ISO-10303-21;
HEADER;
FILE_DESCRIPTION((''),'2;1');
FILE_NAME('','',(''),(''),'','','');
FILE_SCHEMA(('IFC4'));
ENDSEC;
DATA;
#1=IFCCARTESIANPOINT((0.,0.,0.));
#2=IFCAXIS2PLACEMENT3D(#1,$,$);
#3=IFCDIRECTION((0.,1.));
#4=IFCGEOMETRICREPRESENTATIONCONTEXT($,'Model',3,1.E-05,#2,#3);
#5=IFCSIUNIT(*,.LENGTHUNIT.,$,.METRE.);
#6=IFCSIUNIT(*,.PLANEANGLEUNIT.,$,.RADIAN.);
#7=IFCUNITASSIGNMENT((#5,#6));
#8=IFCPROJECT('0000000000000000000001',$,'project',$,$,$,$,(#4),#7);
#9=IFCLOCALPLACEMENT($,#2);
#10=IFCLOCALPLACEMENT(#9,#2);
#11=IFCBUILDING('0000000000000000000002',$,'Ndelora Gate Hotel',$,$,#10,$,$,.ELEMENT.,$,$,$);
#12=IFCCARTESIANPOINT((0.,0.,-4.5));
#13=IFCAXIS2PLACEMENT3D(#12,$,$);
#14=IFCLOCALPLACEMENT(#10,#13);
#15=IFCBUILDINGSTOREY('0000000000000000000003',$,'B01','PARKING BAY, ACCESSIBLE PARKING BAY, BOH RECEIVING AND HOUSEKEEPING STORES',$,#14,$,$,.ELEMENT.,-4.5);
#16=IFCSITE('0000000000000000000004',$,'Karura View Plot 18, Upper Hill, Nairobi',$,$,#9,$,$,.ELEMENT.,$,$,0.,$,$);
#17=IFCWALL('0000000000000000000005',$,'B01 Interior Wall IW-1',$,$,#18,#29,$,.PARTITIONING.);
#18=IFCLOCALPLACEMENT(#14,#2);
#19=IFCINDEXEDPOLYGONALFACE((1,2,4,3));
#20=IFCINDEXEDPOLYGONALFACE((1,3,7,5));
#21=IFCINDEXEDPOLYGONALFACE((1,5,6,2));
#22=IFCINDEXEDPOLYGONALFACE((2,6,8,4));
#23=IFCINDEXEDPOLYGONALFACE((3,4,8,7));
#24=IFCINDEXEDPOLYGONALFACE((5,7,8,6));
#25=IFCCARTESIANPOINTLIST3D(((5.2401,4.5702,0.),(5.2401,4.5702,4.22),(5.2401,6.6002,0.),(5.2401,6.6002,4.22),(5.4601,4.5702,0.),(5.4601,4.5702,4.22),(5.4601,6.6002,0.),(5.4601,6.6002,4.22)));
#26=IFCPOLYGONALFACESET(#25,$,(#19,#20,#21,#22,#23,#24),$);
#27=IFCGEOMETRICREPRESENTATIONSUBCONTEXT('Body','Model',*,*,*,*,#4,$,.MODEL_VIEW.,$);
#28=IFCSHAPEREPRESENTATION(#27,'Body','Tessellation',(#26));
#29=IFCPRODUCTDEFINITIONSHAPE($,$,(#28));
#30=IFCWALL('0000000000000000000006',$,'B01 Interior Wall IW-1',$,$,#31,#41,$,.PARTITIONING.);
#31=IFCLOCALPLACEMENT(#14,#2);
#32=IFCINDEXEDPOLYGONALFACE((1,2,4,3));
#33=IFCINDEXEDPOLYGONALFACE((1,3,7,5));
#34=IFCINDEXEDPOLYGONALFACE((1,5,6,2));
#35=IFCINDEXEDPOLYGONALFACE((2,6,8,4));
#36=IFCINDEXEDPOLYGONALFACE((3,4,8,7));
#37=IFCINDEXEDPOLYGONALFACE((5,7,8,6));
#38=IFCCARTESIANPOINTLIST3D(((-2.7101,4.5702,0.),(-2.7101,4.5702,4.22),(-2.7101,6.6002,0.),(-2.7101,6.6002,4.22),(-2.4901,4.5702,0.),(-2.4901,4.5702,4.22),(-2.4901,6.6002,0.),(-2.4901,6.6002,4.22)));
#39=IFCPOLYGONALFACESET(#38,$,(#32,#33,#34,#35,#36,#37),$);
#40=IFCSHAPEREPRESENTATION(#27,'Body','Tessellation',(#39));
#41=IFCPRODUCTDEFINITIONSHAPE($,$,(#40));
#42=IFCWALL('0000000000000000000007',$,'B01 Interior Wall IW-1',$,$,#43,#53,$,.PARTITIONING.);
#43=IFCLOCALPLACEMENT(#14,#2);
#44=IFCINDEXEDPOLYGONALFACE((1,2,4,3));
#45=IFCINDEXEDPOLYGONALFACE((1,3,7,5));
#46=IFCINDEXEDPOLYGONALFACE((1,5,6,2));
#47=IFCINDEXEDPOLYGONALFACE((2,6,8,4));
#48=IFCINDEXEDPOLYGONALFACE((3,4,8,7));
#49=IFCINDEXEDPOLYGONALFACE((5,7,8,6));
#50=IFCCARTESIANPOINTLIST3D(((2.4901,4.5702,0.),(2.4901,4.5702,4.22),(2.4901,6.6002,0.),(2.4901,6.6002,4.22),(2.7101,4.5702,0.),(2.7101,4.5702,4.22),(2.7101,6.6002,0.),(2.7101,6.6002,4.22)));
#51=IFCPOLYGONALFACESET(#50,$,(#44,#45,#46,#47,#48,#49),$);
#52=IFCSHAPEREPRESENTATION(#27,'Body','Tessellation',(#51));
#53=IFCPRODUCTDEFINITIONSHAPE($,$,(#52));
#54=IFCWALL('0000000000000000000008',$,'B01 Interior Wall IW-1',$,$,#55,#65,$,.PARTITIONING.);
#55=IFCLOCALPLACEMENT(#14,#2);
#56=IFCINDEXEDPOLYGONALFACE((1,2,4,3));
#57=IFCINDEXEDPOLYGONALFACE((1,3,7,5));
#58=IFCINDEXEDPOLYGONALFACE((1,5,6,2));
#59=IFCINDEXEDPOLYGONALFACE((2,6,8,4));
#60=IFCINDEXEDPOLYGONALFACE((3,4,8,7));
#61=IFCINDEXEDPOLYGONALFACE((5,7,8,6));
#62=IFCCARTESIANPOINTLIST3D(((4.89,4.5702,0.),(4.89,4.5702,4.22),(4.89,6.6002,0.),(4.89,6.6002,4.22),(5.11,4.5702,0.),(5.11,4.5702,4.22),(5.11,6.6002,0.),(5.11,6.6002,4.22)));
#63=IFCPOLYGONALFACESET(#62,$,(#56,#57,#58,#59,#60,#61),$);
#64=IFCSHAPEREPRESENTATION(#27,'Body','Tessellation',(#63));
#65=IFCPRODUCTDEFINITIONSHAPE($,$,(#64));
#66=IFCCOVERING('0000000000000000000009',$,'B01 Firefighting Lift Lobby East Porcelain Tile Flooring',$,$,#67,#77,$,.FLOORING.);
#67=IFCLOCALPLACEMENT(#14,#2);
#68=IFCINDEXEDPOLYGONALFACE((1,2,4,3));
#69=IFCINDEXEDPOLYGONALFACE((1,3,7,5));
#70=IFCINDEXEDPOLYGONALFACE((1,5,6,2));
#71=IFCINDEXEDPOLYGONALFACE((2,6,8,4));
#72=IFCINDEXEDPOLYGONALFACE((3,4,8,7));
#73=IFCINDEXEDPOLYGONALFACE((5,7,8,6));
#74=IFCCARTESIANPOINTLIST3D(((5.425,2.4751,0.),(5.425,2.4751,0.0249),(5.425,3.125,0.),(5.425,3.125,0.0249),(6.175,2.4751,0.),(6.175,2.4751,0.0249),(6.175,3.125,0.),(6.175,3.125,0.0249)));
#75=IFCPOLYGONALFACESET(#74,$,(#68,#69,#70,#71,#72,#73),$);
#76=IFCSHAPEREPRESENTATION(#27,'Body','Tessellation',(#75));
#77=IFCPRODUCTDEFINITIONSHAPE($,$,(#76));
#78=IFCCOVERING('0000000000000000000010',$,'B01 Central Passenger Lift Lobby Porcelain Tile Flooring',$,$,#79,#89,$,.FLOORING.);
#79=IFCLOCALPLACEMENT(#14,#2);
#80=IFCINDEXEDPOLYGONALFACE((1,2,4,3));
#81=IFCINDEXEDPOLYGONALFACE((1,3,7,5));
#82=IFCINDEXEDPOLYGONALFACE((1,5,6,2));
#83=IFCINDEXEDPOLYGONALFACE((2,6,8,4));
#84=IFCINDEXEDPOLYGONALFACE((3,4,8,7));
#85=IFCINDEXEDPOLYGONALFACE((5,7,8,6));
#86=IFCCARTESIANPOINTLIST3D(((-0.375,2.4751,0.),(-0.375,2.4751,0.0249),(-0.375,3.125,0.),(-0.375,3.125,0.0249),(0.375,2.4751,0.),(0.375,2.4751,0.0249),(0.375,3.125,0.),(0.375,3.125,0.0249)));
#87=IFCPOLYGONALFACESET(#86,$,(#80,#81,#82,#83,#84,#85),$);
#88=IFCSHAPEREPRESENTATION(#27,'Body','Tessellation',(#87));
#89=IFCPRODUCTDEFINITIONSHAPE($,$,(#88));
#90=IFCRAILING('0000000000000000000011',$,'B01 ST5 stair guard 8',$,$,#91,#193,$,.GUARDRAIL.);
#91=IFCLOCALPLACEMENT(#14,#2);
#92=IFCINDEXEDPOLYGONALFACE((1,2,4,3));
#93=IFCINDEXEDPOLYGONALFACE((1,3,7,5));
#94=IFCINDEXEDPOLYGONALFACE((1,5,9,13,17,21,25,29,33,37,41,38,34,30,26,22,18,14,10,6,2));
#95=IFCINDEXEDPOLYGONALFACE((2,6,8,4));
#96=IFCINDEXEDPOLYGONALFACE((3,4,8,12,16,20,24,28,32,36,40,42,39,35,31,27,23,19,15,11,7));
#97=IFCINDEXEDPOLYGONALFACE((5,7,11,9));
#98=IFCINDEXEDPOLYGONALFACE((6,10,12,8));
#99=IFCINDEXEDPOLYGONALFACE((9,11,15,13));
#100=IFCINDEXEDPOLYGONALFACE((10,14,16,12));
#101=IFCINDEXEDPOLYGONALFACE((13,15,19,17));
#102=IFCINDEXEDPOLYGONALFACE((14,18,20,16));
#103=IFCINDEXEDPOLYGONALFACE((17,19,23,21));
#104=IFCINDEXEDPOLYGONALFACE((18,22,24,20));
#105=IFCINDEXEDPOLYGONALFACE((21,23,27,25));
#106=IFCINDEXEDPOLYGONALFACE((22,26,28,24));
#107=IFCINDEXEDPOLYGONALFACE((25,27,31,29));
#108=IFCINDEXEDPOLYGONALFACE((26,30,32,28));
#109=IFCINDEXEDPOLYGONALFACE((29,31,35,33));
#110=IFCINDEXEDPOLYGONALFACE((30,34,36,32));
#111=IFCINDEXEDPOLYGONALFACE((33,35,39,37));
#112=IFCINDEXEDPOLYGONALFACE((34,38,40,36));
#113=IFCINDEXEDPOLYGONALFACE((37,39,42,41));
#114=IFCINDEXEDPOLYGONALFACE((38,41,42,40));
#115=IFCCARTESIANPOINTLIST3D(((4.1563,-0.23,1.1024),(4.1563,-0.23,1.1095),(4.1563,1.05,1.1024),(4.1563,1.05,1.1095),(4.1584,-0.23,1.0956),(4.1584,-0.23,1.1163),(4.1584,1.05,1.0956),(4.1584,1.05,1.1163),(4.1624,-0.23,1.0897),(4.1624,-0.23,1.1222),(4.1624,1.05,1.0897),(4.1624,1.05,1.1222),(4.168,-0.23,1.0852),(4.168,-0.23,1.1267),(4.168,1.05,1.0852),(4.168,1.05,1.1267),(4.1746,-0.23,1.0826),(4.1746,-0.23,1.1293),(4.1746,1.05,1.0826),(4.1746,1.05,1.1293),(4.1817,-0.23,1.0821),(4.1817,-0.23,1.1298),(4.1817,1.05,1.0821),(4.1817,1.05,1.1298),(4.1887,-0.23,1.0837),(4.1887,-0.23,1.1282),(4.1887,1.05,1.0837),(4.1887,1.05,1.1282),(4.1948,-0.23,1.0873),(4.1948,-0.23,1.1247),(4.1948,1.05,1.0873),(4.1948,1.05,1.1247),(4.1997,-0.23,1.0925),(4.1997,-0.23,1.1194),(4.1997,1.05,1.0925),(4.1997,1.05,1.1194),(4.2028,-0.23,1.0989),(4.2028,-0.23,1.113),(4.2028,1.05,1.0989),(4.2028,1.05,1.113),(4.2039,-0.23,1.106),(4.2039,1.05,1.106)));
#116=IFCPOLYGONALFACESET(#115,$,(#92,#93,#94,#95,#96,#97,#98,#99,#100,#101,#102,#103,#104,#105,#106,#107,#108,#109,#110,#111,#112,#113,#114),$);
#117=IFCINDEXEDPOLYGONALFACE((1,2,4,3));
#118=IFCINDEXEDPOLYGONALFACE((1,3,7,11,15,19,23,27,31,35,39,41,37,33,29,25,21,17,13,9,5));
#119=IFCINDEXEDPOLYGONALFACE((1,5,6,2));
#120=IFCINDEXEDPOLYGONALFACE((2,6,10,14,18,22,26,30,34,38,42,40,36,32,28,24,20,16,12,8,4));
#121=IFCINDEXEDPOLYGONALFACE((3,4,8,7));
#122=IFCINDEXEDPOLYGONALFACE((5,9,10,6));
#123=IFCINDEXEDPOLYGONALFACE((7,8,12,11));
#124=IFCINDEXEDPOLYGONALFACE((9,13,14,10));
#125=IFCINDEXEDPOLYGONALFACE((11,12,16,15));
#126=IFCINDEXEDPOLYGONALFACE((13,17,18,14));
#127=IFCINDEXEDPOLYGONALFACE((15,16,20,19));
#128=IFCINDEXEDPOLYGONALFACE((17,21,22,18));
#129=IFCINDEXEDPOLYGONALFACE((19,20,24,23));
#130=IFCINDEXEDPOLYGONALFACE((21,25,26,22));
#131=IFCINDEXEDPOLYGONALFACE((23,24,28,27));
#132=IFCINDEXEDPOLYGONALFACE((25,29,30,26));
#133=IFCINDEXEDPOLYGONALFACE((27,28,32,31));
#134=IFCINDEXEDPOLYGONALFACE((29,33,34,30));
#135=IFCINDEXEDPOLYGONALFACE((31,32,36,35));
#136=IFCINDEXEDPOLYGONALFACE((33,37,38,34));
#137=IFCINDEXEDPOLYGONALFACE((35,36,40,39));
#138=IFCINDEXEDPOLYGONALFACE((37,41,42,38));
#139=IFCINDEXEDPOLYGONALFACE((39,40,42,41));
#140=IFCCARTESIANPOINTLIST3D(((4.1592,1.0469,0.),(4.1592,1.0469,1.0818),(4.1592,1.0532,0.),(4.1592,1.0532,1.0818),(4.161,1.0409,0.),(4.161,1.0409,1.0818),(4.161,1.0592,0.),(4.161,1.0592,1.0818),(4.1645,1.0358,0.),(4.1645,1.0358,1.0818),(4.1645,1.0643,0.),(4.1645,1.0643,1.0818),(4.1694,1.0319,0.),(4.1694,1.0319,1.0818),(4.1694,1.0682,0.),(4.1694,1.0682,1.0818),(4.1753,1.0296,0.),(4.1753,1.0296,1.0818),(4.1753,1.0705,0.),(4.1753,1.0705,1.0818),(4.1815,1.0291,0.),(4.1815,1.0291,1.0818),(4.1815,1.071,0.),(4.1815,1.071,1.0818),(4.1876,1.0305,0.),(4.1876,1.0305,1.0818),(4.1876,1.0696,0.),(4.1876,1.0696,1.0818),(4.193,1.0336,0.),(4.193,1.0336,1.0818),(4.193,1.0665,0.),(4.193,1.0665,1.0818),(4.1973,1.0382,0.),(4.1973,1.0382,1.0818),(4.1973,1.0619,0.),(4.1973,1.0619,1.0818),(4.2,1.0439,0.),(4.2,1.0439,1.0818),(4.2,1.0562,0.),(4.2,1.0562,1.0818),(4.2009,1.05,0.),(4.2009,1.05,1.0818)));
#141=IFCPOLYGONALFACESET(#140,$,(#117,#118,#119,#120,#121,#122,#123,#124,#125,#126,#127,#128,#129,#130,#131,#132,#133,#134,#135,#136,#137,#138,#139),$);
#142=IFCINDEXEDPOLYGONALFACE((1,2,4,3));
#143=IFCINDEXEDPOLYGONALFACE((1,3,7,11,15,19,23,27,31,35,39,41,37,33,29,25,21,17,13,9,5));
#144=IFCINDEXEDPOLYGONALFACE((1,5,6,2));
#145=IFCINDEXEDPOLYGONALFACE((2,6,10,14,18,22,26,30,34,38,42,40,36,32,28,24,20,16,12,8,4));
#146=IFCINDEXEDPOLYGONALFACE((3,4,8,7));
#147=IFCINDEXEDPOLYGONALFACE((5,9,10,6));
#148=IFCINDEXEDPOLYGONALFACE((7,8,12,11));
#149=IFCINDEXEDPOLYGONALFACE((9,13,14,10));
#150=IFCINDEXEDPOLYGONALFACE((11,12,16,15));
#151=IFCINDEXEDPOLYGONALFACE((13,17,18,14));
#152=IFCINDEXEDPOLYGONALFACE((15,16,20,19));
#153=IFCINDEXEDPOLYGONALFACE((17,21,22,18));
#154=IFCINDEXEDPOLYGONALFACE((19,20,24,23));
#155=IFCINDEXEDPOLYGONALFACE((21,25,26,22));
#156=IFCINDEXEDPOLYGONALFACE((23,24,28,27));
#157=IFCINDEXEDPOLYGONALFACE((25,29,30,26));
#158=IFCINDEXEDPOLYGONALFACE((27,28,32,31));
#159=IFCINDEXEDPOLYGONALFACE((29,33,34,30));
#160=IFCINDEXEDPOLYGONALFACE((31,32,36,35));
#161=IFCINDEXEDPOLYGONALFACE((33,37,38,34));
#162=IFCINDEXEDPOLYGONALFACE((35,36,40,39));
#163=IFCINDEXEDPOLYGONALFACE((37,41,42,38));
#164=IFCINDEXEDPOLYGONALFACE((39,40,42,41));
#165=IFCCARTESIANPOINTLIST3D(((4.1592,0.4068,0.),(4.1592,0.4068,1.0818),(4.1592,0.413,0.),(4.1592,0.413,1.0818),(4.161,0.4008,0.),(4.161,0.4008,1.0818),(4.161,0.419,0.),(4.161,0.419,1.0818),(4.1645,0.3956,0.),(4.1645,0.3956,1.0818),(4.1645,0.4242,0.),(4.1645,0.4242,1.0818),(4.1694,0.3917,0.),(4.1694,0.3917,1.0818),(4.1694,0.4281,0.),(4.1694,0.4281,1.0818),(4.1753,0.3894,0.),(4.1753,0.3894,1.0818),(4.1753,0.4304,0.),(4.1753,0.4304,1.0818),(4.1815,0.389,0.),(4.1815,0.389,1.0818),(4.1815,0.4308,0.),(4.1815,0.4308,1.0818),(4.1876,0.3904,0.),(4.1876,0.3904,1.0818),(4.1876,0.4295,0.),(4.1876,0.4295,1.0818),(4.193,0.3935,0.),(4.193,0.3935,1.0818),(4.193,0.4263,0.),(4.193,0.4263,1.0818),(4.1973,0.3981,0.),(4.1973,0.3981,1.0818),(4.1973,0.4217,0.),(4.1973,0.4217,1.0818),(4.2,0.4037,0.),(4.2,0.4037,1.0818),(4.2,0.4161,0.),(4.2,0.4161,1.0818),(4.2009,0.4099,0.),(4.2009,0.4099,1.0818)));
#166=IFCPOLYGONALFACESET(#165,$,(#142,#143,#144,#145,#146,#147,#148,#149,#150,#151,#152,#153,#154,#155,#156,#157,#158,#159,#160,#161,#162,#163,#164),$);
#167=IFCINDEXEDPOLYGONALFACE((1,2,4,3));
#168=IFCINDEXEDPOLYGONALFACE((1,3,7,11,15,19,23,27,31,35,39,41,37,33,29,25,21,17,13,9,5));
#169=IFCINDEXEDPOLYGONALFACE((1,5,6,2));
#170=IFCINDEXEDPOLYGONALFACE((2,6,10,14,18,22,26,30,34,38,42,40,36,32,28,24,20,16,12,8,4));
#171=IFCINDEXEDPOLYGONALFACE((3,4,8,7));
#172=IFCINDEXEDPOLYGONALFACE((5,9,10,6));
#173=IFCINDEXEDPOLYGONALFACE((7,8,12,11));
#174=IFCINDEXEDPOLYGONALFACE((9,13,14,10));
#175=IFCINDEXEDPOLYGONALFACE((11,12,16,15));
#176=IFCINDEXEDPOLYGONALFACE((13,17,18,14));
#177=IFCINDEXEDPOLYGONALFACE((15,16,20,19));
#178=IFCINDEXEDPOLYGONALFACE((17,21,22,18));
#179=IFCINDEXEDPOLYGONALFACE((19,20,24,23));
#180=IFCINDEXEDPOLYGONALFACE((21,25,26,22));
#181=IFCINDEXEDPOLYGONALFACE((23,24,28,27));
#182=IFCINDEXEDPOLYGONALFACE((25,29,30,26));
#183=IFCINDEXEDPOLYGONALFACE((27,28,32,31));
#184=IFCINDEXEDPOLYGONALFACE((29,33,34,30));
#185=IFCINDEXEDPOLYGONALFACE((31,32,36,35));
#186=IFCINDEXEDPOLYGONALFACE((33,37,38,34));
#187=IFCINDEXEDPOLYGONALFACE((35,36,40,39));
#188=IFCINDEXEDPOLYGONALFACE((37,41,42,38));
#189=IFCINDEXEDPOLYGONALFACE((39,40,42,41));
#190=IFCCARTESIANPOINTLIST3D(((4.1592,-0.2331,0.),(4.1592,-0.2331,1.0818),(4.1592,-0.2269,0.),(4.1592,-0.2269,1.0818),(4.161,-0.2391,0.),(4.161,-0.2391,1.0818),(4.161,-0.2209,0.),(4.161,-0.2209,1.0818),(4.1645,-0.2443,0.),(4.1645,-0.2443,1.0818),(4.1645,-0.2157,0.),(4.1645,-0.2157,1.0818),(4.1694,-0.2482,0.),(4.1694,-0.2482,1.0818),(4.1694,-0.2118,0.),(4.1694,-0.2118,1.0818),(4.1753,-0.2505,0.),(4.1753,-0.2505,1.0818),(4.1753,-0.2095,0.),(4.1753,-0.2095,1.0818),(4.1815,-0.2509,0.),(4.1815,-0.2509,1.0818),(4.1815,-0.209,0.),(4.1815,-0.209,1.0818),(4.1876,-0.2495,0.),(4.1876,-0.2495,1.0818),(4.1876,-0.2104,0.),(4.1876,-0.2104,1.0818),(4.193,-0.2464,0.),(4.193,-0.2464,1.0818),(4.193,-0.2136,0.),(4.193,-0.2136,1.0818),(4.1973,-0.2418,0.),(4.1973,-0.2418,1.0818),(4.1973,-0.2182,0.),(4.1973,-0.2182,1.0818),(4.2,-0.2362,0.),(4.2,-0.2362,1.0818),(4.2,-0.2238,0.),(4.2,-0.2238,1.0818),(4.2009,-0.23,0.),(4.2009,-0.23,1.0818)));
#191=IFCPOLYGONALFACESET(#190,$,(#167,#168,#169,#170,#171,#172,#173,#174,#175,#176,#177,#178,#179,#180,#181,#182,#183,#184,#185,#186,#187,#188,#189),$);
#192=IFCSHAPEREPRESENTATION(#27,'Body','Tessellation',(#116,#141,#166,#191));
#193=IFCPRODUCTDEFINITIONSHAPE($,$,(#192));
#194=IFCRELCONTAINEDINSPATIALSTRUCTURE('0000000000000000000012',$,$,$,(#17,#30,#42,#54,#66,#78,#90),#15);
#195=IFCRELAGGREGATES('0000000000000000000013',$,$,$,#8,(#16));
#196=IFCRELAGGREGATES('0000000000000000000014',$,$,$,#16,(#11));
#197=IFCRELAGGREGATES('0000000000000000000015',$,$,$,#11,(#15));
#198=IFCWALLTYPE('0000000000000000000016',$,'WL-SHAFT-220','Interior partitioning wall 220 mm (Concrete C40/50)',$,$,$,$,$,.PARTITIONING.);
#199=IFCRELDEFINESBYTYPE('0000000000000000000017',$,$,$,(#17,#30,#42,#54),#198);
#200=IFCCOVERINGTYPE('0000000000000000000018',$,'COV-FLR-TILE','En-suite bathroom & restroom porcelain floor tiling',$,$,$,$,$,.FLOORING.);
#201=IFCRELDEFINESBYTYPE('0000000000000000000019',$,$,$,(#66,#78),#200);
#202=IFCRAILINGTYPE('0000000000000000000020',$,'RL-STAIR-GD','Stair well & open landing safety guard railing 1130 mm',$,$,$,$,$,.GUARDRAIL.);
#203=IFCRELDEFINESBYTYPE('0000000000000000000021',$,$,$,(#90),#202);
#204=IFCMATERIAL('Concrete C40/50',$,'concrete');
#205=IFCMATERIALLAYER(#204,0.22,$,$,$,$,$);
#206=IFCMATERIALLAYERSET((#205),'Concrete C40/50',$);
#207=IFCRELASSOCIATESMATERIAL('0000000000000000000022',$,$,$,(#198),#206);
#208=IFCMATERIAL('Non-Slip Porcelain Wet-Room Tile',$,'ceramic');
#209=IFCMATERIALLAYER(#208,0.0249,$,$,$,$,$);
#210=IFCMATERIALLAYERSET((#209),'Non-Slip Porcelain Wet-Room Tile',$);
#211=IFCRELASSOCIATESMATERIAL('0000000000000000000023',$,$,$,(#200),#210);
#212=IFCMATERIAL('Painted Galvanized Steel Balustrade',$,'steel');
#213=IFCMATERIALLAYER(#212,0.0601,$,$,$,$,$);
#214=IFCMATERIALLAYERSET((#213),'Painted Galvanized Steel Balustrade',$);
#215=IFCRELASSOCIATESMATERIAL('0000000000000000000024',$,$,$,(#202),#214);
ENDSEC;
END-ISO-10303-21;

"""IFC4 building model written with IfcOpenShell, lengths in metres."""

from ifc_helpers import new_model, si_unit, direction, frame, frame_2d, origin, origin_2d, place, context, subcontext, project, spatial, rectangle, circle, extrude, material, layer, layer_set, type_object, element, save


model = new_model("IFC4")

# Units and contexts
model_context = context("Model", 3, precision=1e-05, world=origin(), true_north=direction((0.0, 1.0)))
body_context = subcontext(model_context, "Body", "Model", "MODEL_VIEW")
ifc_project = project(units=[si_unit("LENGTHUNIT", "METRE"), si_unit("PLANEANGLEUNIT", "RADIAN")], contexts=[model_context])

# Site, building, storey
site_placement = place(None, origin())
site = spatial("IfcSite", under=ifc_project, at=site_placement, Name="Karura View Plot 18, Upper Hill, Nairobi", CompositionType="ELEMENT", RefElevation=0.0)
building_placement = place(site_placement, origin())
building = spatial("IfcBuilding", under=site, at=building_placement, Name="Ndelora Gate Hotel", CompositionType="ELEMENT")
storey_placement = place(building_placement, frame((0.0, 0.0, -4.5)))
storey = spatial("IfcBuildingStorey", under=building, at=storey_placement, Name="B01", Description="PARKING BAY, ACCESSIBLE PARKING BAY, BOH RECEIVING AND HOUSEKEEPING STORES", CompositionType="ELEMENT", Elevation=-4.5)

# Shared definitions
ifc_material_1 = material(Name="Concrete C40/50", Category="concrete")

# Shared definitions
ifc_layer_1 = layer(ifc_material_1, 0.22)
ifc_layer_set_1 = layer_set([ifc_layer_1], Name="Concrete C40/50")
wall_type_1 = type_object("IfcWallType", Name="WL-SHAFT-220", Description="Interior partitioning wall 220 mm (Concrete C40/50)", PredefinedType="PARTITIONING", material=ifc_layer_set_1)

# Walls
for number, where, z_axis, x_axis, name in (
    (1, (5.3501, 4.5701, 0.0), (0.0, 0.0, 1.0), (0.0, 1.0, 0.0), "B01 Interior Wall IW-1"),
    (2, (-2.6001, 4.5701, 0.0), (0.0, 0.0, 1.0), (0.0, 1.0, 0.0), "B01 Interior Wall IW-1"),
):
    element("IfcWall", number, at=place(storey_placement, frame(where, z_axis=z_axis, x_axis=x_axis)), inside=storey, type_object=wall_type_1, Name=name, PredefinedType="PARTITIONING", context=body_context, shape_type="SweptSolid", body=[
        extrude(rectangle(XDim=2.03, YDim=0.22, at=frame_2d((1.0151, 0.0))), origin(), (0.0, 0.0, 1.0), 4.22),
    ])

# Walls
for number, where, z_axis, x_axis, name in (
    (3, (2.6001, 4.5701, 0.0), (0.0, 0.0, 1.0), (0.0, 1.0, 0.0), "B01 Interior Wall IW-1"),
    (4, (5.0, 4.5701, 0.0), (0.0, 0.0, 1.0), (0.0, 1.0, 0.0), "B01 Interior Wall IW-1"),
):
    element("IfcWall", number, at=place(storey_placement, frame(where, z_axis=z_axis, x_axis=x_axis)), inside=storey, type_object=wall_type_1, Name=name, PredefinedType="PARTITIONING", context=body_context, shape_type="SweptSolid", body=[
        extrude(rectangle(XDim=2.03, YDim=0.22, at=frame_2d((1.0151, 0.0))), origin(), (0.0, 0.0, 1.0), 4.22),
    ])

# Coverings
ifc_material_2 = material(Name="Non-Slip Porcelain Wet-Room Tile", Category="ceramic")
ifc_layer_2 = layer(ifc_material_2, 0.0249)
ifc_layer_set_2 = layer_set([ifc_layer_2], Name="Non-Slip Porcelain Wet-Room Tile")
covering_type = type_object("IfcCoveringType", Name="COV-FLR-TILE", Description="En-suite bathroom & restroom porcelain floor tiling", PredefinedType="FLOORING", material=ifc_layer_set_2)
for number, where, z_axis, x_axis, name in (
    (5, (5.8, 2.8, 0.0), (0.0, 0.0, 1.0), (1.0, 0.0, 0.0), "B01 Firefighting Lift Lobby East Porcelain Tile Flooring"),
    (6, (0.0, 2.8, 0.0), (0.0, 0.0, 1.0), (1.0, 0.0, 0.0), "B01 Central Passenger Lift Lobby Porcelain Tile Flooring"),
):
    element("IfcCovering", number, at=place(storey_placement, frame(where, z_axis=z_axis, x_axis=x_axis)), inside=storey, type_object=covering_type, Name=name, PredefinedType="FLOORING", context=body_context, shape_type="SweptSolid", body=[
        extrude(rectangle(XDim=0.75, YDim=0.6499, at=origin_2d()), origin(), (0.0, 0.0, 1.0), 0.0249),
    ])

# Railing
ifc_material_3 = material(Name="Painted Galvanized Steel Balustrade", Category="steel")
ifc_layer_3 = layer(ifc_material_3, 0.0601)
ifc_layer_set_3 = layer_set([ifc_layer_3], Name="Painted Galvanized Steel Balustrade")
railing_type = type_object("IfcRailingType", Name="RL-STAIR-GD", Description="Stair well & open landing safety guard railing 1130 mm", PredefinedType="GUARDRAIL", material=ifc_layer_set_3)
railing_placement = place(storey_placement, frame((4.1799, 1.05, 0.0)))
element("IfcRailing", 7, at=railing_placement, inside=storey, type_object=railing_type, Name="B01 ST5 stair guard 8", PredefinedType="GUARDRAIL", context=body_context, shape_type="SweptSolid", body=[
    extrude(circle(Radius=0.0239, at=origin_2d()), frame((0.0, 0.0, 1.106), z_axis=(0.0, -1.0, 0.0), x_axis=(1.0, 0.0, 0.0)), (0.0, 0.0, 1.0), 1.28),
    extrude(circle(Radius=0.021, at=origin_2d()), origin(), (0.0, 0.0, 1.0), 1.0818),
    extrude(circle(Radius=0.021, at=origin_2d()), frame((0.0, -0.6401, 0.0)), (0.0, 0.0, 1.0), 1.0818),
    extrude(circle(Radius=0.021, at=origin_2d()), frame((0.0, -1.28, 0.0)), (0.0, 0.0, 1.0), 1.0818),
])

save(model, "model.ifc")
